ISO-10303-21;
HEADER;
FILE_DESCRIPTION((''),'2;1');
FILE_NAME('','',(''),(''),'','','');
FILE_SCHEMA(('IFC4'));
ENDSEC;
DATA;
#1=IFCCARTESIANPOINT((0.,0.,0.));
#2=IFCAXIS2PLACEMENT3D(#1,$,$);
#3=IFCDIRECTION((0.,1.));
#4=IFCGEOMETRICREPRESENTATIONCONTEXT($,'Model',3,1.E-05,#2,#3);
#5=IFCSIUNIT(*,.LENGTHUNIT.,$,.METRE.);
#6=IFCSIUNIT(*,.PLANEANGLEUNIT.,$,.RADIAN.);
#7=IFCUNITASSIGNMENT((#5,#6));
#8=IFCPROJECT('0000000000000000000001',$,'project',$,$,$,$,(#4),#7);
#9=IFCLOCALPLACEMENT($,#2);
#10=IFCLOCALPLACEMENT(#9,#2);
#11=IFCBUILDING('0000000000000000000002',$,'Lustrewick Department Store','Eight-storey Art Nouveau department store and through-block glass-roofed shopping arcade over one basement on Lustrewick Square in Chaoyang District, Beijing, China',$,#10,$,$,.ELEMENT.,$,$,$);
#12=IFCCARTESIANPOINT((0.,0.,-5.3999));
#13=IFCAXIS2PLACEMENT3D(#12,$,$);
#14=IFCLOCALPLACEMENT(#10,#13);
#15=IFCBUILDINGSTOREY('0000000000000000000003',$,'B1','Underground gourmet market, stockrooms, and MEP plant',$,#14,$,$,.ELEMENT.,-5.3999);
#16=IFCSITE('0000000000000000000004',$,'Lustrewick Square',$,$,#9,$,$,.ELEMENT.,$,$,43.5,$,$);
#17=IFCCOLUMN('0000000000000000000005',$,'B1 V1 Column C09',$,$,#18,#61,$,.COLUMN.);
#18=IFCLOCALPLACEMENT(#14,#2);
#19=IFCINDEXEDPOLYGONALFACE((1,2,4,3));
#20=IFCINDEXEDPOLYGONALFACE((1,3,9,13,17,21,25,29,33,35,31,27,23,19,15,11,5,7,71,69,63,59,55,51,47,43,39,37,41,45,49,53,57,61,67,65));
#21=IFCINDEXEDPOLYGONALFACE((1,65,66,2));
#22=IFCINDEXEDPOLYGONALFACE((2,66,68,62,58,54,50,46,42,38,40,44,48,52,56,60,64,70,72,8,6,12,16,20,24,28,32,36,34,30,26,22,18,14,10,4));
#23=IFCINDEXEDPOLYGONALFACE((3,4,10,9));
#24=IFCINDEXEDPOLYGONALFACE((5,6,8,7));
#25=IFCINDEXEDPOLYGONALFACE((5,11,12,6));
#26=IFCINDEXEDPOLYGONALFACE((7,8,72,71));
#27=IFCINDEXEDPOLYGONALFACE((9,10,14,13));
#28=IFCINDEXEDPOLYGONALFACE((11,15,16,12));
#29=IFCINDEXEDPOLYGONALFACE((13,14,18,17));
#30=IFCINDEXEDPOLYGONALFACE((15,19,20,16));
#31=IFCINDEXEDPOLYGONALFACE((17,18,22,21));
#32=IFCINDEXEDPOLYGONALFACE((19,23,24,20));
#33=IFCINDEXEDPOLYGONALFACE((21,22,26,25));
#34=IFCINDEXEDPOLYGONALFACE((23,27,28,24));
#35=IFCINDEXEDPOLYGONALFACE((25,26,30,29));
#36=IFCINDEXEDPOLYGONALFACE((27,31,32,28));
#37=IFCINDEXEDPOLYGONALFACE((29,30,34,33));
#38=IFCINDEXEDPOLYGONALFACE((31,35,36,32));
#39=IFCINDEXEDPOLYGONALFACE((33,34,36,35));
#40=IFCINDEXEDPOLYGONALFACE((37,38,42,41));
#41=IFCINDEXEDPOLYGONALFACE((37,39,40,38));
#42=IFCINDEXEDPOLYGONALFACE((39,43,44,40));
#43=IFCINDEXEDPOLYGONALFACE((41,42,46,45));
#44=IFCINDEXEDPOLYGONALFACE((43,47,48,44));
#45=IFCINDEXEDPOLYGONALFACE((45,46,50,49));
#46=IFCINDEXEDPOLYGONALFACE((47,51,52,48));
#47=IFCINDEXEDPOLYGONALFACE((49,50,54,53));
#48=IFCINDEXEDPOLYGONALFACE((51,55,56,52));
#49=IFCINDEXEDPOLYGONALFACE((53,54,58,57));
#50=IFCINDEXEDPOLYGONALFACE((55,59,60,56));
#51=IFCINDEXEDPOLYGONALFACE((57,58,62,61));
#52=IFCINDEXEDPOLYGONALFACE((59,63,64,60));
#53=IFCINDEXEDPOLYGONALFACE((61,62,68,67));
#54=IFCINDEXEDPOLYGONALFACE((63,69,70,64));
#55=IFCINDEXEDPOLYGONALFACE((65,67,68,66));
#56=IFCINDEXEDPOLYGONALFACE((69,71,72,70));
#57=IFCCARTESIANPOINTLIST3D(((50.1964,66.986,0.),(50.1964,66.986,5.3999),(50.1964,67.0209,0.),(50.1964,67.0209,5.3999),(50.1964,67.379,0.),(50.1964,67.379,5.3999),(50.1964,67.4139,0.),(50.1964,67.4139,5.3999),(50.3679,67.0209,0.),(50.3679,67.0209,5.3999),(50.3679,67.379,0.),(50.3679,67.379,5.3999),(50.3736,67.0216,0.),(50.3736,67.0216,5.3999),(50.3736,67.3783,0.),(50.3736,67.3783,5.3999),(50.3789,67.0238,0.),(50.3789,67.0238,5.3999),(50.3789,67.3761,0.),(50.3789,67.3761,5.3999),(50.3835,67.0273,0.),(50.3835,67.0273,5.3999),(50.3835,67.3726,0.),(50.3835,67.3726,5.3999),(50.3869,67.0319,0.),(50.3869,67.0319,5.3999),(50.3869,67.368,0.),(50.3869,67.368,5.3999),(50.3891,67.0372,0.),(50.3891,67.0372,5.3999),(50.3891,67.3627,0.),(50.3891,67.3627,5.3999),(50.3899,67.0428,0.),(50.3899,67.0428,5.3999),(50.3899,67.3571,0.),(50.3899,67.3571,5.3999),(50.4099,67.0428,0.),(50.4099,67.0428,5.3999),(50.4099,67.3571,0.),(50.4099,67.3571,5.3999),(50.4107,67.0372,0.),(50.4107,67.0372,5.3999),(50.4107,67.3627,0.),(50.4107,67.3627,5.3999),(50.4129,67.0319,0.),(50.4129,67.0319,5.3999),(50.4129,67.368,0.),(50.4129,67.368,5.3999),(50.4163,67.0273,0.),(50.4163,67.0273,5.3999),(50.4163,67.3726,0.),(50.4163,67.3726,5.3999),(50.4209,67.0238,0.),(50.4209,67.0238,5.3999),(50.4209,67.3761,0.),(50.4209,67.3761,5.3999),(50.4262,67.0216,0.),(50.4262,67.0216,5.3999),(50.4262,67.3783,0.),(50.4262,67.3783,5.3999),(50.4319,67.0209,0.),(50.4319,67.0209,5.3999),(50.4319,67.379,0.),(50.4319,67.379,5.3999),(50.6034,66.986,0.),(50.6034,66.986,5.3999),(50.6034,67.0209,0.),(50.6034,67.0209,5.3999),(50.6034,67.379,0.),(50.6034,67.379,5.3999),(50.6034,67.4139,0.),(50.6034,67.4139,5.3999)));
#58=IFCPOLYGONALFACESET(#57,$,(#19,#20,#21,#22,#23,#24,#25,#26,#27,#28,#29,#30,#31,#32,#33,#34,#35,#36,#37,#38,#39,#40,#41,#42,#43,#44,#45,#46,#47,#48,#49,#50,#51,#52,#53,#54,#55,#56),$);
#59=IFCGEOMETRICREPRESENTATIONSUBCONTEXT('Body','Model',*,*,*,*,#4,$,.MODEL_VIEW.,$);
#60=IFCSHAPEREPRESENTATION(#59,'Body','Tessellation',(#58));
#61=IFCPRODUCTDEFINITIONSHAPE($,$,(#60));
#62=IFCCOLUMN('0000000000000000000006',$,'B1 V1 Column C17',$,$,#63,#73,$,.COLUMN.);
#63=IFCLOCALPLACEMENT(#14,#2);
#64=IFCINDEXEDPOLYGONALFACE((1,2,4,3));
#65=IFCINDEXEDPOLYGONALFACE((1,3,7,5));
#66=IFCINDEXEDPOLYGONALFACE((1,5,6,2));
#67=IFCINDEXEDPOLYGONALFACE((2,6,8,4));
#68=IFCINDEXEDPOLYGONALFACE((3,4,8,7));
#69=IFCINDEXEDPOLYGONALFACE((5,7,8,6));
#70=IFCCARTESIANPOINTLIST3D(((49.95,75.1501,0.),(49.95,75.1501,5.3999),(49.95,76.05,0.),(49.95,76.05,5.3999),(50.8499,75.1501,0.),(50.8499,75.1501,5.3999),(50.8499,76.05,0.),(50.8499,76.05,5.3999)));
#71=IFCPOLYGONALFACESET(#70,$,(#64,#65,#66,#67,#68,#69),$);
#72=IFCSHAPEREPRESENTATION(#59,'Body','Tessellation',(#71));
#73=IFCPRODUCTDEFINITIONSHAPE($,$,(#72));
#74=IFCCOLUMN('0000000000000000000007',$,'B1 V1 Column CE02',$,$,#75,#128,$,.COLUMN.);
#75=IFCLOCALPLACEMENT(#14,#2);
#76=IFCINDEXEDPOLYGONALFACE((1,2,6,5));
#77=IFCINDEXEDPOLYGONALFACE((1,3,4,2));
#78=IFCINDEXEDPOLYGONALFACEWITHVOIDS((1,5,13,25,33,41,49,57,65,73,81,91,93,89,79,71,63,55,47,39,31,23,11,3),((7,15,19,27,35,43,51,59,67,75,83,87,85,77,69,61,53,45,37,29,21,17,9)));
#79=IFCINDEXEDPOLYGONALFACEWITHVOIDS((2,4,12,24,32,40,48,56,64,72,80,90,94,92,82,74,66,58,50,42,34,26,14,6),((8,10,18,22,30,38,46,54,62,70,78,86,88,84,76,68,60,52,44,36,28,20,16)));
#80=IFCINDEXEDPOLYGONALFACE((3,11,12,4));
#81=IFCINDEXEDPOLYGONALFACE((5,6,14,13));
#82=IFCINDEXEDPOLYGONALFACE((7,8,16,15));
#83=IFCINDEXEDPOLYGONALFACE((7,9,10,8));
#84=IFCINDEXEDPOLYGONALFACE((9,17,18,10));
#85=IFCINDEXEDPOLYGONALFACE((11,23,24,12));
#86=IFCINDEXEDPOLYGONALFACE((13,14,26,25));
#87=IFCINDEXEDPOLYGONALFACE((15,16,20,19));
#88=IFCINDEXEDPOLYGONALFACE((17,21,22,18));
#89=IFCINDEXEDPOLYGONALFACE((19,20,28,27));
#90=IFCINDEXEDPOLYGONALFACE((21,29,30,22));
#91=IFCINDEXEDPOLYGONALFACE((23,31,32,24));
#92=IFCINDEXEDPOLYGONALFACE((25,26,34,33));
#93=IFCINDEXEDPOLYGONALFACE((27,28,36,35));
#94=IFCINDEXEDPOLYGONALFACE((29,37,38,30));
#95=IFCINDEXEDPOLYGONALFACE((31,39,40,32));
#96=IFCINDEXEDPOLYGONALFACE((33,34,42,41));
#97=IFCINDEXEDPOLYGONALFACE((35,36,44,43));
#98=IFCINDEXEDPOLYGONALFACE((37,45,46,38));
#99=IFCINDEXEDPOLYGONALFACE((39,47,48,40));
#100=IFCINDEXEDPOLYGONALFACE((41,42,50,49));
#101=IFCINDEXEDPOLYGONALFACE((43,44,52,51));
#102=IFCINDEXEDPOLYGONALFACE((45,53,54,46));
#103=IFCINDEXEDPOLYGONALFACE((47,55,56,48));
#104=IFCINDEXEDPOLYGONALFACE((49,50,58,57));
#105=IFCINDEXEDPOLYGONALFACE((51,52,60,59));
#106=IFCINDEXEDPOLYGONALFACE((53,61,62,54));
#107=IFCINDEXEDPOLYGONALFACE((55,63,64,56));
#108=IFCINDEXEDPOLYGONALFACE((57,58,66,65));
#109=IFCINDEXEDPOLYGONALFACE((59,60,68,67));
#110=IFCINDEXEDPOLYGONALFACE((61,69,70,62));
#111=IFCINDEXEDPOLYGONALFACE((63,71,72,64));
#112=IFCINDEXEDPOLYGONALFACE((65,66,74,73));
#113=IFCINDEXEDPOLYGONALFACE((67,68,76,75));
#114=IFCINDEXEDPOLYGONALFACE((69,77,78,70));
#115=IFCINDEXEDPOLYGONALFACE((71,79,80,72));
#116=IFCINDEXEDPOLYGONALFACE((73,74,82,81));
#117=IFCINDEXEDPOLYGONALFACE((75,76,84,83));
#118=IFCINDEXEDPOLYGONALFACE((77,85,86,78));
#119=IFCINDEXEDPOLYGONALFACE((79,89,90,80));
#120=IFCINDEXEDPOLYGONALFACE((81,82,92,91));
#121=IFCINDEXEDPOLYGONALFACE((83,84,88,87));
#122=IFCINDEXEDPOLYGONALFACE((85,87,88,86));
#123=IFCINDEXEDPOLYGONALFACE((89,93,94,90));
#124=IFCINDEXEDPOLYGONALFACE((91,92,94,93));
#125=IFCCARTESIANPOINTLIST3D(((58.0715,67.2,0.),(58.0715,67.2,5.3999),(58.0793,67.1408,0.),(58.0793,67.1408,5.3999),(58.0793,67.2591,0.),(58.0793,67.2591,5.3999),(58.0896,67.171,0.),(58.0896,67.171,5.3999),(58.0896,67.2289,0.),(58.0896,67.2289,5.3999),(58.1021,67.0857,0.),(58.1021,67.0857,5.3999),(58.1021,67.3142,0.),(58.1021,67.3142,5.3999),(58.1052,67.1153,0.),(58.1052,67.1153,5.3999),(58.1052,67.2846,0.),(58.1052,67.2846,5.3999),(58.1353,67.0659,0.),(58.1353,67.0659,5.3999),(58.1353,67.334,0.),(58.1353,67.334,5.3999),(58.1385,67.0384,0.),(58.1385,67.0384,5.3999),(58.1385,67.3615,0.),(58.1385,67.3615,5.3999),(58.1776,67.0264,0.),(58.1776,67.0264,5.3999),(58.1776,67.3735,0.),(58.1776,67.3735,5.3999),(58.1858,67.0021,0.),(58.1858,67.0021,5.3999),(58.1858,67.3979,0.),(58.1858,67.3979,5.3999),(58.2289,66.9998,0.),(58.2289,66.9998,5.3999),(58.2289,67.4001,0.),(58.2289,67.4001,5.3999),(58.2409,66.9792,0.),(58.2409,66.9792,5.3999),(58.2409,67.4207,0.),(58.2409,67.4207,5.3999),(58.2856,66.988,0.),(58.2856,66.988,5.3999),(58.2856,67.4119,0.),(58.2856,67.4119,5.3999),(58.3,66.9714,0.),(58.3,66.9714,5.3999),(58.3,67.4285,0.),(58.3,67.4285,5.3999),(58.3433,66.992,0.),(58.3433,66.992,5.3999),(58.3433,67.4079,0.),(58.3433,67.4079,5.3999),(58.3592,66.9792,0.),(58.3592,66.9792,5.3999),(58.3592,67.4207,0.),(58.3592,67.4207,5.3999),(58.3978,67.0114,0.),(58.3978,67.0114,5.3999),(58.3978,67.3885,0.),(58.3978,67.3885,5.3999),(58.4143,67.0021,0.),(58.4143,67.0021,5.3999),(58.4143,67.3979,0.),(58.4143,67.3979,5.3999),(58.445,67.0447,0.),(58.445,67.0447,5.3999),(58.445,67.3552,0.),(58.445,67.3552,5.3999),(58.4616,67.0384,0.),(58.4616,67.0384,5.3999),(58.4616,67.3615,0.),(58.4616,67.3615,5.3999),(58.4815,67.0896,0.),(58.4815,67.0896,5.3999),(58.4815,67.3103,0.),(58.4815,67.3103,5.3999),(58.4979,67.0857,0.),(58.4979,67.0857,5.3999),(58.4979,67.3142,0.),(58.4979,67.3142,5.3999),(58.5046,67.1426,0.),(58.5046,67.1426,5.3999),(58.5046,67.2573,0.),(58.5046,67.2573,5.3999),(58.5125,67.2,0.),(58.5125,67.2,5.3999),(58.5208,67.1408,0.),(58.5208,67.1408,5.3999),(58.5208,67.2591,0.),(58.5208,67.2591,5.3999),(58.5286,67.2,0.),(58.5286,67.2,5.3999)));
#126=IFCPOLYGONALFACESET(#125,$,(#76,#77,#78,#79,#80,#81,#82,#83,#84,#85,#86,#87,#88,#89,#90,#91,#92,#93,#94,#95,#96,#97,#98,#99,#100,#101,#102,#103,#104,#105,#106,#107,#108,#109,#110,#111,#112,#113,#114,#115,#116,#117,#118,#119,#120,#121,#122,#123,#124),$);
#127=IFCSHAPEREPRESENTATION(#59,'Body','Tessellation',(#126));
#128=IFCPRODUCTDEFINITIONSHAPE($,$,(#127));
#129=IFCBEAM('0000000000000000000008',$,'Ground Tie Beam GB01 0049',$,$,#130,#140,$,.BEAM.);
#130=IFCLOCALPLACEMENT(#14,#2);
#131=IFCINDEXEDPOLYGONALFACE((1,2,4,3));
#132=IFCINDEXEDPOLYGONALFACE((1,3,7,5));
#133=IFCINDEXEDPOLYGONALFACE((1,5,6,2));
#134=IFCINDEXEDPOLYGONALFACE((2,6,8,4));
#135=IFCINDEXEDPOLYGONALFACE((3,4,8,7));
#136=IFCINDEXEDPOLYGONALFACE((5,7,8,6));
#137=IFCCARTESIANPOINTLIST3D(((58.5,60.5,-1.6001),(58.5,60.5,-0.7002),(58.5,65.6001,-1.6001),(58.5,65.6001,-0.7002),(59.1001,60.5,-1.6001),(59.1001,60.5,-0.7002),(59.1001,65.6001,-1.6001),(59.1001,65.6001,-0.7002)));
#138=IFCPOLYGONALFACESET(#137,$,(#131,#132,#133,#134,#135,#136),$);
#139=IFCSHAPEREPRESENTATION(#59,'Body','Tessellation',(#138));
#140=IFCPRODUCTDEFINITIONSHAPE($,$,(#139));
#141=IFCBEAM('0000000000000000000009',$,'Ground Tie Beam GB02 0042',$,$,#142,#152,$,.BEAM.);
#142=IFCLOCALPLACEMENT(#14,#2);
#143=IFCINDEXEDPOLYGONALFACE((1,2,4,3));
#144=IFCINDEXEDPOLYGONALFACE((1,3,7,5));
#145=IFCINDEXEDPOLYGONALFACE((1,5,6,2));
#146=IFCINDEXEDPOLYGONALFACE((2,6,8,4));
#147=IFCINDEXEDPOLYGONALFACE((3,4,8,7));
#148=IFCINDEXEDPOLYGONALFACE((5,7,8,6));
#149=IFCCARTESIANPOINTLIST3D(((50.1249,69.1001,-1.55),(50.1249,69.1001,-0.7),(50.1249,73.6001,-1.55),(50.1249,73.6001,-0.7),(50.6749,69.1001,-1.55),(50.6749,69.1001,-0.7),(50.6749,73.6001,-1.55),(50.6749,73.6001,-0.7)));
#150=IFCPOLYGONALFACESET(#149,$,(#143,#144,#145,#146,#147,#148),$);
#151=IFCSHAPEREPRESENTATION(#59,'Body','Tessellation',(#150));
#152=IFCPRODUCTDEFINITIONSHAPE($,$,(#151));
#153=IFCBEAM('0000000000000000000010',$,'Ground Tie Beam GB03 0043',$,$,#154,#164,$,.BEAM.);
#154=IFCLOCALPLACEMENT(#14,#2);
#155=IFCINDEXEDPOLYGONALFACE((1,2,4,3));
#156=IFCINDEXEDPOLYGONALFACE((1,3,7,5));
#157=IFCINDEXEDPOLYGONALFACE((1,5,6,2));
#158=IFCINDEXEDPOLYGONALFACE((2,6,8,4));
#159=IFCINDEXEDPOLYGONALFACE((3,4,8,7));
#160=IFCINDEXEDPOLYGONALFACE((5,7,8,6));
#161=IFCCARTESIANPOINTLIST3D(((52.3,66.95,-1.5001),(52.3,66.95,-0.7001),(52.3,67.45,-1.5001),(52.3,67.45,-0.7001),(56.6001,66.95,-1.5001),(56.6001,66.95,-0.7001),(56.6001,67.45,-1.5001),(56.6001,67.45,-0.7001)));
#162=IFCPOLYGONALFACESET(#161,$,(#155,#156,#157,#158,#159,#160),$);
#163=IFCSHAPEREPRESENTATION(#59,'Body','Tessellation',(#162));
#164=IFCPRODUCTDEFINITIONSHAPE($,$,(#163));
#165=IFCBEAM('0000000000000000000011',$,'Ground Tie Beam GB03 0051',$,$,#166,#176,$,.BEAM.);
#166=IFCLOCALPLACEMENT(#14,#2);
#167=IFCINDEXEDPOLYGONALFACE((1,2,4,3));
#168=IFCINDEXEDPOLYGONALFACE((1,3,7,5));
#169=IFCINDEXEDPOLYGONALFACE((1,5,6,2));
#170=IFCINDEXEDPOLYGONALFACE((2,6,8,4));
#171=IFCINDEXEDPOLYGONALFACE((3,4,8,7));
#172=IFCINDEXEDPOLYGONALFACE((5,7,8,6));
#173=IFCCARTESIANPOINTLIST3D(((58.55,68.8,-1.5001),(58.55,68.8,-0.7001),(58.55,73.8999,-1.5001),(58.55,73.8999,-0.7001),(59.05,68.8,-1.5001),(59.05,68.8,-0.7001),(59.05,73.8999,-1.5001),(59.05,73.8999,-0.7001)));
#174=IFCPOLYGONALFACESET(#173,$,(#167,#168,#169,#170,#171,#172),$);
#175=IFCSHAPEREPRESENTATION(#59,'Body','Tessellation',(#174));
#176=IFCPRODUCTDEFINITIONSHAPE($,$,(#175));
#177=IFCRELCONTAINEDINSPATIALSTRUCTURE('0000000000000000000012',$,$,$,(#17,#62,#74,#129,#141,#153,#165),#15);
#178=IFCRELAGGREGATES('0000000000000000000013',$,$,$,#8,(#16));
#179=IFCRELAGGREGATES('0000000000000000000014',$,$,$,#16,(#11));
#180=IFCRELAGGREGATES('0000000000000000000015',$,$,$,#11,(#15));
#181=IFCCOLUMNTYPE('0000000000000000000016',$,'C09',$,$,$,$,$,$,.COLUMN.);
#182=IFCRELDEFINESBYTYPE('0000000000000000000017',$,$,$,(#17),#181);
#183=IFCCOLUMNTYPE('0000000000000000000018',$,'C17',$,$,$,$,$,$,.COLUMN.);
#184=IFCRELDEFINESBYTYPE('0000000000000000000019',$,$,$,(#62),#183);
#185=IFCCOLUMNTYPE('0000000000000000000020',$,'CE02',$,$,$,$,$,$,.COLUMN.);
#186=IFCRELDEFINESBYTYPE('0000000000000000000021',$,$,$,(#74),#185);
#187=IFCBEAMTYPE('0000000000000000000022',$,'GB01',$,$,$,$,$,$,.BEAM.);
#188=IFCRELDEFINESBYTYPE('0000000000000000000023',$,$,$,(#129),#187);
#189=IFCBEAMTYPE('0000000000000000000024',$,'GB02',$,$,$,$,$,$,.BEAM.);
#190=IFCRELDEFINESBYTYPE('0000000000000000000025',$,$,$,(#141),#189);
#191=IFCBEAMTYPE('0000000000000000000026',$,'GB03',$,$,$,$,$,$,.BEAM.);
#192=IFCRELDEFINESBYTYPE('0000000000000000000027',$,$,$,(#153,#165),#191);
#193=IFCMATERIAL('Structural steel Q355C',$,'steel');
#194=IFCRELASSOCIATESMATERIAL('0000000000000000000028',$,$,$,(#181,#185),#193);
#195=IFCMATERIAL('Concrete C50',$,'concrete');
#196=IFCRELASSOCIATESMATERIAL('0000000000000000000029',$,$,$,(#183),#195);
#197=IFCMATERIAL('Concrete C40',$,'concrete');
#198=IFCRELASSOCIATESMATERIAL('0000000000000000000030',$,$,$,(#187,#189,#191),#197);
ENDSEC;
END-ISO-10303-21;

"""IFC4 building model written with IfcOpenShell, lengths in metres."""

from ifc_helpers import new_model, si_unit, direction, frame, origin, origin_2d, place, context, subcontext, project, spatial, rectangle, hollow_circle, i_section, extrude, material, material_profile, profile_set, type_object, element, save


model = new_model("IFC4")

# Units and contexts
model_context = context("Model", 3, precision=1e-05, world=origin(), true_north=direction((0.0, 1.0)))
body_context = subcontext(model_context, "Body", "Model", "MODEL_VIEW")
ifc_project = project(units=[si_unit("LENGTHUNIT", "METRE"), si_unit("PLANEANGLEUNIT", "RADIAN")], contexts=[model_context])

# Site, building, storey
site_placement = place(None, origin())
site = spatial("IfcSite", under=ifc_project, at=site_placement, Name="Lustrewick Square", CompositionType="ELEMENT", RefElevation=43.5)
building_placement = place(site_placement, origin())
building = spatial("IfcBuilding", under=site, at=building_placement, Name="Lustrewick Department Store", Description="Eight-storey Art Nouveau department store and through-block glass-roofed shopping arcade over one basement on Lustrewick Square in Chaoyang District, Beijing, China", CompositionType="ELEMENT")
storey_placement = place(building_placement, frame((0.0, 0.0, -5.3999)))
storey = spatial("IfcBuildingStorey", under=building, at=storey_placement, Name="B1", Description="Underground gourmet market, stockrooms, and MEP plant", CompositionType="ELEMENT", Elevation=-5.3999)

# Shared definitions
ifc_material_1 = material(Name="Concrete C40", Category="concrete")

# Columns
ifc_material_2 = material(Name="Structural steel Q355C", Category="steel")
ifc_material_profile_1 = material_profile(ifc_material_2, i_section(OverallWidth=0.407, OverallDepth=0.428, WebThickness=0.02, FlangeThickness=0.0349, FilletRadius=0.022, at=origin_2d()), Name="HW 428x407x20x35")
ifc_profile_set_1 = profile_set([ifc_material_profile_1], Name="Structural steel Q355C")
column_type_1 = type_object("IfcColumnType", Name="C09", PredefinedType="COLUMN", material=ifc_profile_set_1)
column_1_placement = place(storey_placement, frame((50.3999, 67.2, 0.0), z_axis=(0.0, 0.0, 1.0), x_axis=(1.0, 0.0, 0.0)))
element("IfcColumn", 1, at=column_1_placement, inside=storey, type_object=column_type_1, Name="B1 V1 Column C09", PredefinedType="COLUMN", context=body_context, shape_type="SweptSolid", body=[
    extrude(i_section(OverallWidth=0.407, OverallDepth=0.428, WebThickness=0.02, FlangeThickness=0.0349, FilletRadius=0.022, at=origin_2d()), origin(), (0.0, 0.0, 1.0), 5.3999),
])
ifc_material_3 = material(Name="Concrete C50", Category="concrete")
ifc_material_profile_2 = material_profile(ifc_material_3, rectangle(XDim=0.8999, YDim=0.8999, at=origin_2d()), Name="RC 900x900")
ifc_profile_set_2 = profile_set([ifc_material_profile_2], Name="Concrete C50")
column_type_2 = type_object("IfcColumnType", Name="C17", PredefinedType="COLUMN", material=ifc_profile_set_2)
column_2_placement = place(storey_placement, frame((50.3999, 75.6001, 0.0), z_axis=(0.0, 0.0, 1.0), x_axis=(1.0, 0.0, 0.0)))
element("IfcColumn", 2, at=column_2_placement, inside=storey, type_object=column_type_2, Name="B1 V1 Column C17", PredefinedType="COLUMN", context=body_context, shape_type="SweptSolid", body=[
    extrude(rectangle(XDim=0.8999, YDim=0.8999, at=origin_2d()), origin(), (0.0, 0.0, 1.0), 5.3999),
])
ifc_material_profile_3 = material_profile(ifc_material_2, hollow_circle(Radius=0.2285, WallThickness=0.0161, at=origin_2d()), Name="CHS 457x16")
ifc_profile_set_3 = profile_set([ifc_material_profile_3], Name="Structural steel Q355C")
column_type_3 = type_object("IfcColumnType", Name="CE02", PredefinedType="COLUMN", material=ifc_profile_set_3)
column_3_placement = place(storey_placement, frame((58.3, 67.2, 0.0), z_axis=(0.0, 0.0, 1.0), x_axis=(1.0, 0.0, 0.0)))
element("IfcColumn", 3, at=column_3_placement, inside=storey, type_object=column_type_3, Name="B1 V1 Column CE02", PredefinedType="COLUMN", context=body_context, shape_type="SweptSolid", body=[
    extrude(hollow_circle(Radius=0.2285, WallThickness=0.0161, at=origin_2d()), origin(), (0.0, 0.0, 1.0), 5.3999),
])

# Beams
ifc_material_profile_4 = material_profile(ifc_material_1, rectangle(XDim=0.6001, YDim=0.8999, at=origin_2d()), Name="RC 600x900")
ifc_profile_set_4 = profile_set([ifc_material_profile_4], Name="Concrete C40")
beam_type_1 = type_object("IfcBeamType", Name="GB01", PredefinedType="BEAM", material=ifc_profile_set_4)
beam_1_placement = place(storey_placement, frame((58.8, 60.5, -1.1501), z_axis=(0.0, 1.0, 0.0), x_axis=(-1.0, 0.0, 0.0)))
element("IfcBeam", 4, at=beam_1_placement, inside=storey, type_object=beam_type_1, Name="Ground Tie Beam GB01 0049", PredefinedType="BEAM", context=body_context, shape_type="SweptSolid", body=[
    extrude(rectangle(XDim=0.6001, YDim=0.8999, at=origin_2d()), origin(), (0.0, 0.0, 1.0), 5.1001),
])
ifc_material_profile_5 = material_profile(ifc_material_1, rectangle(XDim=0.55, YDim=0.8501, at=origin_2d()), Name="RC 550x850")
ifc_profile_set_5 = profile_set([ifc_material_profile_5], Name="Concrete C40")
beam_type_2 = type_object("IfcBeamType", Name="GB02", PredefinedType="BEAM", material=ifc_profile_set_5)
beam_2_placement = place(storey_placement, frame((50.3999, 69.1001, -1.125), z_axis=(0.0, 1.0, 0.0), x_axis=(-1.0, 0.0, 0.0)))
element("IfcBeam", 5, at=beam_2_placement, inside=storey, type_object=beam_type_2, Name="Ground Tie Beam GB02 0042", PredefinedType="BEAM", context=body_context, shape_type="SweptSolid", body=[
    extrude(rectangle(XDim=0.55, YDim=0.8501, at=origin_2d()), origin(), (0.0, 0.0, 1.0), 4.5),
])
ifc_material_profile_6 = material_profile(ifc_material_1, rectangle(XDim=0.5, YDim=0.8, at=origin_2d()), Name="RC 500x800")
ifc_profile_set_6 = profile_set([ifc_material_profile_6], Name="Concrete C40")
beam_type_3 = type_object("IfcBeamType", Name="GB03", PredefinedType="BEAM", material=ifc_profile_set_6)
beam_3_placement = place(storey_placement, frame((52.3, 67.2, -1.1001), z_axis=(1.0, 0.0, 0.0), x_axis=(0.0, 1.0, 0.0)))
element("IfcBeam", 6, at=beam_3_placement, inside=storey, type_object=beam_type_3, Name="Ground Tie Beam GB03 0043", PredefinedType="BEAM", context=body_context, shape_type="SweptSolid", body=[
    extrude(rectangle(XDim=0.5, YDim=0.8, at=origin_2d()), origin(), (0.0, 0.0, 1.0), 4.3),
])
beam_4_placement = place(storey_placement, frame((58.8, 68.8, -1.1001), z_axis=(0.0, 1.0, 0.0), x_axis=(-1.0, 0.0, 0.0)))
element("IfcBeam", 7, at=beam_4_placement, inside=storey, type_object=beam_type_3, Name="Ground Tie Beam GB03 0051", PredefinedType="BEAM", context=body_context, shape_type="SweptSolid", body=[
    extrude(rectangle(XDim=0.5, YDim=0.8, at=origin_2d()), origin(), (0.0, 0.0, 1.0), 5.0999),
])

save(model, "model.ifc")
